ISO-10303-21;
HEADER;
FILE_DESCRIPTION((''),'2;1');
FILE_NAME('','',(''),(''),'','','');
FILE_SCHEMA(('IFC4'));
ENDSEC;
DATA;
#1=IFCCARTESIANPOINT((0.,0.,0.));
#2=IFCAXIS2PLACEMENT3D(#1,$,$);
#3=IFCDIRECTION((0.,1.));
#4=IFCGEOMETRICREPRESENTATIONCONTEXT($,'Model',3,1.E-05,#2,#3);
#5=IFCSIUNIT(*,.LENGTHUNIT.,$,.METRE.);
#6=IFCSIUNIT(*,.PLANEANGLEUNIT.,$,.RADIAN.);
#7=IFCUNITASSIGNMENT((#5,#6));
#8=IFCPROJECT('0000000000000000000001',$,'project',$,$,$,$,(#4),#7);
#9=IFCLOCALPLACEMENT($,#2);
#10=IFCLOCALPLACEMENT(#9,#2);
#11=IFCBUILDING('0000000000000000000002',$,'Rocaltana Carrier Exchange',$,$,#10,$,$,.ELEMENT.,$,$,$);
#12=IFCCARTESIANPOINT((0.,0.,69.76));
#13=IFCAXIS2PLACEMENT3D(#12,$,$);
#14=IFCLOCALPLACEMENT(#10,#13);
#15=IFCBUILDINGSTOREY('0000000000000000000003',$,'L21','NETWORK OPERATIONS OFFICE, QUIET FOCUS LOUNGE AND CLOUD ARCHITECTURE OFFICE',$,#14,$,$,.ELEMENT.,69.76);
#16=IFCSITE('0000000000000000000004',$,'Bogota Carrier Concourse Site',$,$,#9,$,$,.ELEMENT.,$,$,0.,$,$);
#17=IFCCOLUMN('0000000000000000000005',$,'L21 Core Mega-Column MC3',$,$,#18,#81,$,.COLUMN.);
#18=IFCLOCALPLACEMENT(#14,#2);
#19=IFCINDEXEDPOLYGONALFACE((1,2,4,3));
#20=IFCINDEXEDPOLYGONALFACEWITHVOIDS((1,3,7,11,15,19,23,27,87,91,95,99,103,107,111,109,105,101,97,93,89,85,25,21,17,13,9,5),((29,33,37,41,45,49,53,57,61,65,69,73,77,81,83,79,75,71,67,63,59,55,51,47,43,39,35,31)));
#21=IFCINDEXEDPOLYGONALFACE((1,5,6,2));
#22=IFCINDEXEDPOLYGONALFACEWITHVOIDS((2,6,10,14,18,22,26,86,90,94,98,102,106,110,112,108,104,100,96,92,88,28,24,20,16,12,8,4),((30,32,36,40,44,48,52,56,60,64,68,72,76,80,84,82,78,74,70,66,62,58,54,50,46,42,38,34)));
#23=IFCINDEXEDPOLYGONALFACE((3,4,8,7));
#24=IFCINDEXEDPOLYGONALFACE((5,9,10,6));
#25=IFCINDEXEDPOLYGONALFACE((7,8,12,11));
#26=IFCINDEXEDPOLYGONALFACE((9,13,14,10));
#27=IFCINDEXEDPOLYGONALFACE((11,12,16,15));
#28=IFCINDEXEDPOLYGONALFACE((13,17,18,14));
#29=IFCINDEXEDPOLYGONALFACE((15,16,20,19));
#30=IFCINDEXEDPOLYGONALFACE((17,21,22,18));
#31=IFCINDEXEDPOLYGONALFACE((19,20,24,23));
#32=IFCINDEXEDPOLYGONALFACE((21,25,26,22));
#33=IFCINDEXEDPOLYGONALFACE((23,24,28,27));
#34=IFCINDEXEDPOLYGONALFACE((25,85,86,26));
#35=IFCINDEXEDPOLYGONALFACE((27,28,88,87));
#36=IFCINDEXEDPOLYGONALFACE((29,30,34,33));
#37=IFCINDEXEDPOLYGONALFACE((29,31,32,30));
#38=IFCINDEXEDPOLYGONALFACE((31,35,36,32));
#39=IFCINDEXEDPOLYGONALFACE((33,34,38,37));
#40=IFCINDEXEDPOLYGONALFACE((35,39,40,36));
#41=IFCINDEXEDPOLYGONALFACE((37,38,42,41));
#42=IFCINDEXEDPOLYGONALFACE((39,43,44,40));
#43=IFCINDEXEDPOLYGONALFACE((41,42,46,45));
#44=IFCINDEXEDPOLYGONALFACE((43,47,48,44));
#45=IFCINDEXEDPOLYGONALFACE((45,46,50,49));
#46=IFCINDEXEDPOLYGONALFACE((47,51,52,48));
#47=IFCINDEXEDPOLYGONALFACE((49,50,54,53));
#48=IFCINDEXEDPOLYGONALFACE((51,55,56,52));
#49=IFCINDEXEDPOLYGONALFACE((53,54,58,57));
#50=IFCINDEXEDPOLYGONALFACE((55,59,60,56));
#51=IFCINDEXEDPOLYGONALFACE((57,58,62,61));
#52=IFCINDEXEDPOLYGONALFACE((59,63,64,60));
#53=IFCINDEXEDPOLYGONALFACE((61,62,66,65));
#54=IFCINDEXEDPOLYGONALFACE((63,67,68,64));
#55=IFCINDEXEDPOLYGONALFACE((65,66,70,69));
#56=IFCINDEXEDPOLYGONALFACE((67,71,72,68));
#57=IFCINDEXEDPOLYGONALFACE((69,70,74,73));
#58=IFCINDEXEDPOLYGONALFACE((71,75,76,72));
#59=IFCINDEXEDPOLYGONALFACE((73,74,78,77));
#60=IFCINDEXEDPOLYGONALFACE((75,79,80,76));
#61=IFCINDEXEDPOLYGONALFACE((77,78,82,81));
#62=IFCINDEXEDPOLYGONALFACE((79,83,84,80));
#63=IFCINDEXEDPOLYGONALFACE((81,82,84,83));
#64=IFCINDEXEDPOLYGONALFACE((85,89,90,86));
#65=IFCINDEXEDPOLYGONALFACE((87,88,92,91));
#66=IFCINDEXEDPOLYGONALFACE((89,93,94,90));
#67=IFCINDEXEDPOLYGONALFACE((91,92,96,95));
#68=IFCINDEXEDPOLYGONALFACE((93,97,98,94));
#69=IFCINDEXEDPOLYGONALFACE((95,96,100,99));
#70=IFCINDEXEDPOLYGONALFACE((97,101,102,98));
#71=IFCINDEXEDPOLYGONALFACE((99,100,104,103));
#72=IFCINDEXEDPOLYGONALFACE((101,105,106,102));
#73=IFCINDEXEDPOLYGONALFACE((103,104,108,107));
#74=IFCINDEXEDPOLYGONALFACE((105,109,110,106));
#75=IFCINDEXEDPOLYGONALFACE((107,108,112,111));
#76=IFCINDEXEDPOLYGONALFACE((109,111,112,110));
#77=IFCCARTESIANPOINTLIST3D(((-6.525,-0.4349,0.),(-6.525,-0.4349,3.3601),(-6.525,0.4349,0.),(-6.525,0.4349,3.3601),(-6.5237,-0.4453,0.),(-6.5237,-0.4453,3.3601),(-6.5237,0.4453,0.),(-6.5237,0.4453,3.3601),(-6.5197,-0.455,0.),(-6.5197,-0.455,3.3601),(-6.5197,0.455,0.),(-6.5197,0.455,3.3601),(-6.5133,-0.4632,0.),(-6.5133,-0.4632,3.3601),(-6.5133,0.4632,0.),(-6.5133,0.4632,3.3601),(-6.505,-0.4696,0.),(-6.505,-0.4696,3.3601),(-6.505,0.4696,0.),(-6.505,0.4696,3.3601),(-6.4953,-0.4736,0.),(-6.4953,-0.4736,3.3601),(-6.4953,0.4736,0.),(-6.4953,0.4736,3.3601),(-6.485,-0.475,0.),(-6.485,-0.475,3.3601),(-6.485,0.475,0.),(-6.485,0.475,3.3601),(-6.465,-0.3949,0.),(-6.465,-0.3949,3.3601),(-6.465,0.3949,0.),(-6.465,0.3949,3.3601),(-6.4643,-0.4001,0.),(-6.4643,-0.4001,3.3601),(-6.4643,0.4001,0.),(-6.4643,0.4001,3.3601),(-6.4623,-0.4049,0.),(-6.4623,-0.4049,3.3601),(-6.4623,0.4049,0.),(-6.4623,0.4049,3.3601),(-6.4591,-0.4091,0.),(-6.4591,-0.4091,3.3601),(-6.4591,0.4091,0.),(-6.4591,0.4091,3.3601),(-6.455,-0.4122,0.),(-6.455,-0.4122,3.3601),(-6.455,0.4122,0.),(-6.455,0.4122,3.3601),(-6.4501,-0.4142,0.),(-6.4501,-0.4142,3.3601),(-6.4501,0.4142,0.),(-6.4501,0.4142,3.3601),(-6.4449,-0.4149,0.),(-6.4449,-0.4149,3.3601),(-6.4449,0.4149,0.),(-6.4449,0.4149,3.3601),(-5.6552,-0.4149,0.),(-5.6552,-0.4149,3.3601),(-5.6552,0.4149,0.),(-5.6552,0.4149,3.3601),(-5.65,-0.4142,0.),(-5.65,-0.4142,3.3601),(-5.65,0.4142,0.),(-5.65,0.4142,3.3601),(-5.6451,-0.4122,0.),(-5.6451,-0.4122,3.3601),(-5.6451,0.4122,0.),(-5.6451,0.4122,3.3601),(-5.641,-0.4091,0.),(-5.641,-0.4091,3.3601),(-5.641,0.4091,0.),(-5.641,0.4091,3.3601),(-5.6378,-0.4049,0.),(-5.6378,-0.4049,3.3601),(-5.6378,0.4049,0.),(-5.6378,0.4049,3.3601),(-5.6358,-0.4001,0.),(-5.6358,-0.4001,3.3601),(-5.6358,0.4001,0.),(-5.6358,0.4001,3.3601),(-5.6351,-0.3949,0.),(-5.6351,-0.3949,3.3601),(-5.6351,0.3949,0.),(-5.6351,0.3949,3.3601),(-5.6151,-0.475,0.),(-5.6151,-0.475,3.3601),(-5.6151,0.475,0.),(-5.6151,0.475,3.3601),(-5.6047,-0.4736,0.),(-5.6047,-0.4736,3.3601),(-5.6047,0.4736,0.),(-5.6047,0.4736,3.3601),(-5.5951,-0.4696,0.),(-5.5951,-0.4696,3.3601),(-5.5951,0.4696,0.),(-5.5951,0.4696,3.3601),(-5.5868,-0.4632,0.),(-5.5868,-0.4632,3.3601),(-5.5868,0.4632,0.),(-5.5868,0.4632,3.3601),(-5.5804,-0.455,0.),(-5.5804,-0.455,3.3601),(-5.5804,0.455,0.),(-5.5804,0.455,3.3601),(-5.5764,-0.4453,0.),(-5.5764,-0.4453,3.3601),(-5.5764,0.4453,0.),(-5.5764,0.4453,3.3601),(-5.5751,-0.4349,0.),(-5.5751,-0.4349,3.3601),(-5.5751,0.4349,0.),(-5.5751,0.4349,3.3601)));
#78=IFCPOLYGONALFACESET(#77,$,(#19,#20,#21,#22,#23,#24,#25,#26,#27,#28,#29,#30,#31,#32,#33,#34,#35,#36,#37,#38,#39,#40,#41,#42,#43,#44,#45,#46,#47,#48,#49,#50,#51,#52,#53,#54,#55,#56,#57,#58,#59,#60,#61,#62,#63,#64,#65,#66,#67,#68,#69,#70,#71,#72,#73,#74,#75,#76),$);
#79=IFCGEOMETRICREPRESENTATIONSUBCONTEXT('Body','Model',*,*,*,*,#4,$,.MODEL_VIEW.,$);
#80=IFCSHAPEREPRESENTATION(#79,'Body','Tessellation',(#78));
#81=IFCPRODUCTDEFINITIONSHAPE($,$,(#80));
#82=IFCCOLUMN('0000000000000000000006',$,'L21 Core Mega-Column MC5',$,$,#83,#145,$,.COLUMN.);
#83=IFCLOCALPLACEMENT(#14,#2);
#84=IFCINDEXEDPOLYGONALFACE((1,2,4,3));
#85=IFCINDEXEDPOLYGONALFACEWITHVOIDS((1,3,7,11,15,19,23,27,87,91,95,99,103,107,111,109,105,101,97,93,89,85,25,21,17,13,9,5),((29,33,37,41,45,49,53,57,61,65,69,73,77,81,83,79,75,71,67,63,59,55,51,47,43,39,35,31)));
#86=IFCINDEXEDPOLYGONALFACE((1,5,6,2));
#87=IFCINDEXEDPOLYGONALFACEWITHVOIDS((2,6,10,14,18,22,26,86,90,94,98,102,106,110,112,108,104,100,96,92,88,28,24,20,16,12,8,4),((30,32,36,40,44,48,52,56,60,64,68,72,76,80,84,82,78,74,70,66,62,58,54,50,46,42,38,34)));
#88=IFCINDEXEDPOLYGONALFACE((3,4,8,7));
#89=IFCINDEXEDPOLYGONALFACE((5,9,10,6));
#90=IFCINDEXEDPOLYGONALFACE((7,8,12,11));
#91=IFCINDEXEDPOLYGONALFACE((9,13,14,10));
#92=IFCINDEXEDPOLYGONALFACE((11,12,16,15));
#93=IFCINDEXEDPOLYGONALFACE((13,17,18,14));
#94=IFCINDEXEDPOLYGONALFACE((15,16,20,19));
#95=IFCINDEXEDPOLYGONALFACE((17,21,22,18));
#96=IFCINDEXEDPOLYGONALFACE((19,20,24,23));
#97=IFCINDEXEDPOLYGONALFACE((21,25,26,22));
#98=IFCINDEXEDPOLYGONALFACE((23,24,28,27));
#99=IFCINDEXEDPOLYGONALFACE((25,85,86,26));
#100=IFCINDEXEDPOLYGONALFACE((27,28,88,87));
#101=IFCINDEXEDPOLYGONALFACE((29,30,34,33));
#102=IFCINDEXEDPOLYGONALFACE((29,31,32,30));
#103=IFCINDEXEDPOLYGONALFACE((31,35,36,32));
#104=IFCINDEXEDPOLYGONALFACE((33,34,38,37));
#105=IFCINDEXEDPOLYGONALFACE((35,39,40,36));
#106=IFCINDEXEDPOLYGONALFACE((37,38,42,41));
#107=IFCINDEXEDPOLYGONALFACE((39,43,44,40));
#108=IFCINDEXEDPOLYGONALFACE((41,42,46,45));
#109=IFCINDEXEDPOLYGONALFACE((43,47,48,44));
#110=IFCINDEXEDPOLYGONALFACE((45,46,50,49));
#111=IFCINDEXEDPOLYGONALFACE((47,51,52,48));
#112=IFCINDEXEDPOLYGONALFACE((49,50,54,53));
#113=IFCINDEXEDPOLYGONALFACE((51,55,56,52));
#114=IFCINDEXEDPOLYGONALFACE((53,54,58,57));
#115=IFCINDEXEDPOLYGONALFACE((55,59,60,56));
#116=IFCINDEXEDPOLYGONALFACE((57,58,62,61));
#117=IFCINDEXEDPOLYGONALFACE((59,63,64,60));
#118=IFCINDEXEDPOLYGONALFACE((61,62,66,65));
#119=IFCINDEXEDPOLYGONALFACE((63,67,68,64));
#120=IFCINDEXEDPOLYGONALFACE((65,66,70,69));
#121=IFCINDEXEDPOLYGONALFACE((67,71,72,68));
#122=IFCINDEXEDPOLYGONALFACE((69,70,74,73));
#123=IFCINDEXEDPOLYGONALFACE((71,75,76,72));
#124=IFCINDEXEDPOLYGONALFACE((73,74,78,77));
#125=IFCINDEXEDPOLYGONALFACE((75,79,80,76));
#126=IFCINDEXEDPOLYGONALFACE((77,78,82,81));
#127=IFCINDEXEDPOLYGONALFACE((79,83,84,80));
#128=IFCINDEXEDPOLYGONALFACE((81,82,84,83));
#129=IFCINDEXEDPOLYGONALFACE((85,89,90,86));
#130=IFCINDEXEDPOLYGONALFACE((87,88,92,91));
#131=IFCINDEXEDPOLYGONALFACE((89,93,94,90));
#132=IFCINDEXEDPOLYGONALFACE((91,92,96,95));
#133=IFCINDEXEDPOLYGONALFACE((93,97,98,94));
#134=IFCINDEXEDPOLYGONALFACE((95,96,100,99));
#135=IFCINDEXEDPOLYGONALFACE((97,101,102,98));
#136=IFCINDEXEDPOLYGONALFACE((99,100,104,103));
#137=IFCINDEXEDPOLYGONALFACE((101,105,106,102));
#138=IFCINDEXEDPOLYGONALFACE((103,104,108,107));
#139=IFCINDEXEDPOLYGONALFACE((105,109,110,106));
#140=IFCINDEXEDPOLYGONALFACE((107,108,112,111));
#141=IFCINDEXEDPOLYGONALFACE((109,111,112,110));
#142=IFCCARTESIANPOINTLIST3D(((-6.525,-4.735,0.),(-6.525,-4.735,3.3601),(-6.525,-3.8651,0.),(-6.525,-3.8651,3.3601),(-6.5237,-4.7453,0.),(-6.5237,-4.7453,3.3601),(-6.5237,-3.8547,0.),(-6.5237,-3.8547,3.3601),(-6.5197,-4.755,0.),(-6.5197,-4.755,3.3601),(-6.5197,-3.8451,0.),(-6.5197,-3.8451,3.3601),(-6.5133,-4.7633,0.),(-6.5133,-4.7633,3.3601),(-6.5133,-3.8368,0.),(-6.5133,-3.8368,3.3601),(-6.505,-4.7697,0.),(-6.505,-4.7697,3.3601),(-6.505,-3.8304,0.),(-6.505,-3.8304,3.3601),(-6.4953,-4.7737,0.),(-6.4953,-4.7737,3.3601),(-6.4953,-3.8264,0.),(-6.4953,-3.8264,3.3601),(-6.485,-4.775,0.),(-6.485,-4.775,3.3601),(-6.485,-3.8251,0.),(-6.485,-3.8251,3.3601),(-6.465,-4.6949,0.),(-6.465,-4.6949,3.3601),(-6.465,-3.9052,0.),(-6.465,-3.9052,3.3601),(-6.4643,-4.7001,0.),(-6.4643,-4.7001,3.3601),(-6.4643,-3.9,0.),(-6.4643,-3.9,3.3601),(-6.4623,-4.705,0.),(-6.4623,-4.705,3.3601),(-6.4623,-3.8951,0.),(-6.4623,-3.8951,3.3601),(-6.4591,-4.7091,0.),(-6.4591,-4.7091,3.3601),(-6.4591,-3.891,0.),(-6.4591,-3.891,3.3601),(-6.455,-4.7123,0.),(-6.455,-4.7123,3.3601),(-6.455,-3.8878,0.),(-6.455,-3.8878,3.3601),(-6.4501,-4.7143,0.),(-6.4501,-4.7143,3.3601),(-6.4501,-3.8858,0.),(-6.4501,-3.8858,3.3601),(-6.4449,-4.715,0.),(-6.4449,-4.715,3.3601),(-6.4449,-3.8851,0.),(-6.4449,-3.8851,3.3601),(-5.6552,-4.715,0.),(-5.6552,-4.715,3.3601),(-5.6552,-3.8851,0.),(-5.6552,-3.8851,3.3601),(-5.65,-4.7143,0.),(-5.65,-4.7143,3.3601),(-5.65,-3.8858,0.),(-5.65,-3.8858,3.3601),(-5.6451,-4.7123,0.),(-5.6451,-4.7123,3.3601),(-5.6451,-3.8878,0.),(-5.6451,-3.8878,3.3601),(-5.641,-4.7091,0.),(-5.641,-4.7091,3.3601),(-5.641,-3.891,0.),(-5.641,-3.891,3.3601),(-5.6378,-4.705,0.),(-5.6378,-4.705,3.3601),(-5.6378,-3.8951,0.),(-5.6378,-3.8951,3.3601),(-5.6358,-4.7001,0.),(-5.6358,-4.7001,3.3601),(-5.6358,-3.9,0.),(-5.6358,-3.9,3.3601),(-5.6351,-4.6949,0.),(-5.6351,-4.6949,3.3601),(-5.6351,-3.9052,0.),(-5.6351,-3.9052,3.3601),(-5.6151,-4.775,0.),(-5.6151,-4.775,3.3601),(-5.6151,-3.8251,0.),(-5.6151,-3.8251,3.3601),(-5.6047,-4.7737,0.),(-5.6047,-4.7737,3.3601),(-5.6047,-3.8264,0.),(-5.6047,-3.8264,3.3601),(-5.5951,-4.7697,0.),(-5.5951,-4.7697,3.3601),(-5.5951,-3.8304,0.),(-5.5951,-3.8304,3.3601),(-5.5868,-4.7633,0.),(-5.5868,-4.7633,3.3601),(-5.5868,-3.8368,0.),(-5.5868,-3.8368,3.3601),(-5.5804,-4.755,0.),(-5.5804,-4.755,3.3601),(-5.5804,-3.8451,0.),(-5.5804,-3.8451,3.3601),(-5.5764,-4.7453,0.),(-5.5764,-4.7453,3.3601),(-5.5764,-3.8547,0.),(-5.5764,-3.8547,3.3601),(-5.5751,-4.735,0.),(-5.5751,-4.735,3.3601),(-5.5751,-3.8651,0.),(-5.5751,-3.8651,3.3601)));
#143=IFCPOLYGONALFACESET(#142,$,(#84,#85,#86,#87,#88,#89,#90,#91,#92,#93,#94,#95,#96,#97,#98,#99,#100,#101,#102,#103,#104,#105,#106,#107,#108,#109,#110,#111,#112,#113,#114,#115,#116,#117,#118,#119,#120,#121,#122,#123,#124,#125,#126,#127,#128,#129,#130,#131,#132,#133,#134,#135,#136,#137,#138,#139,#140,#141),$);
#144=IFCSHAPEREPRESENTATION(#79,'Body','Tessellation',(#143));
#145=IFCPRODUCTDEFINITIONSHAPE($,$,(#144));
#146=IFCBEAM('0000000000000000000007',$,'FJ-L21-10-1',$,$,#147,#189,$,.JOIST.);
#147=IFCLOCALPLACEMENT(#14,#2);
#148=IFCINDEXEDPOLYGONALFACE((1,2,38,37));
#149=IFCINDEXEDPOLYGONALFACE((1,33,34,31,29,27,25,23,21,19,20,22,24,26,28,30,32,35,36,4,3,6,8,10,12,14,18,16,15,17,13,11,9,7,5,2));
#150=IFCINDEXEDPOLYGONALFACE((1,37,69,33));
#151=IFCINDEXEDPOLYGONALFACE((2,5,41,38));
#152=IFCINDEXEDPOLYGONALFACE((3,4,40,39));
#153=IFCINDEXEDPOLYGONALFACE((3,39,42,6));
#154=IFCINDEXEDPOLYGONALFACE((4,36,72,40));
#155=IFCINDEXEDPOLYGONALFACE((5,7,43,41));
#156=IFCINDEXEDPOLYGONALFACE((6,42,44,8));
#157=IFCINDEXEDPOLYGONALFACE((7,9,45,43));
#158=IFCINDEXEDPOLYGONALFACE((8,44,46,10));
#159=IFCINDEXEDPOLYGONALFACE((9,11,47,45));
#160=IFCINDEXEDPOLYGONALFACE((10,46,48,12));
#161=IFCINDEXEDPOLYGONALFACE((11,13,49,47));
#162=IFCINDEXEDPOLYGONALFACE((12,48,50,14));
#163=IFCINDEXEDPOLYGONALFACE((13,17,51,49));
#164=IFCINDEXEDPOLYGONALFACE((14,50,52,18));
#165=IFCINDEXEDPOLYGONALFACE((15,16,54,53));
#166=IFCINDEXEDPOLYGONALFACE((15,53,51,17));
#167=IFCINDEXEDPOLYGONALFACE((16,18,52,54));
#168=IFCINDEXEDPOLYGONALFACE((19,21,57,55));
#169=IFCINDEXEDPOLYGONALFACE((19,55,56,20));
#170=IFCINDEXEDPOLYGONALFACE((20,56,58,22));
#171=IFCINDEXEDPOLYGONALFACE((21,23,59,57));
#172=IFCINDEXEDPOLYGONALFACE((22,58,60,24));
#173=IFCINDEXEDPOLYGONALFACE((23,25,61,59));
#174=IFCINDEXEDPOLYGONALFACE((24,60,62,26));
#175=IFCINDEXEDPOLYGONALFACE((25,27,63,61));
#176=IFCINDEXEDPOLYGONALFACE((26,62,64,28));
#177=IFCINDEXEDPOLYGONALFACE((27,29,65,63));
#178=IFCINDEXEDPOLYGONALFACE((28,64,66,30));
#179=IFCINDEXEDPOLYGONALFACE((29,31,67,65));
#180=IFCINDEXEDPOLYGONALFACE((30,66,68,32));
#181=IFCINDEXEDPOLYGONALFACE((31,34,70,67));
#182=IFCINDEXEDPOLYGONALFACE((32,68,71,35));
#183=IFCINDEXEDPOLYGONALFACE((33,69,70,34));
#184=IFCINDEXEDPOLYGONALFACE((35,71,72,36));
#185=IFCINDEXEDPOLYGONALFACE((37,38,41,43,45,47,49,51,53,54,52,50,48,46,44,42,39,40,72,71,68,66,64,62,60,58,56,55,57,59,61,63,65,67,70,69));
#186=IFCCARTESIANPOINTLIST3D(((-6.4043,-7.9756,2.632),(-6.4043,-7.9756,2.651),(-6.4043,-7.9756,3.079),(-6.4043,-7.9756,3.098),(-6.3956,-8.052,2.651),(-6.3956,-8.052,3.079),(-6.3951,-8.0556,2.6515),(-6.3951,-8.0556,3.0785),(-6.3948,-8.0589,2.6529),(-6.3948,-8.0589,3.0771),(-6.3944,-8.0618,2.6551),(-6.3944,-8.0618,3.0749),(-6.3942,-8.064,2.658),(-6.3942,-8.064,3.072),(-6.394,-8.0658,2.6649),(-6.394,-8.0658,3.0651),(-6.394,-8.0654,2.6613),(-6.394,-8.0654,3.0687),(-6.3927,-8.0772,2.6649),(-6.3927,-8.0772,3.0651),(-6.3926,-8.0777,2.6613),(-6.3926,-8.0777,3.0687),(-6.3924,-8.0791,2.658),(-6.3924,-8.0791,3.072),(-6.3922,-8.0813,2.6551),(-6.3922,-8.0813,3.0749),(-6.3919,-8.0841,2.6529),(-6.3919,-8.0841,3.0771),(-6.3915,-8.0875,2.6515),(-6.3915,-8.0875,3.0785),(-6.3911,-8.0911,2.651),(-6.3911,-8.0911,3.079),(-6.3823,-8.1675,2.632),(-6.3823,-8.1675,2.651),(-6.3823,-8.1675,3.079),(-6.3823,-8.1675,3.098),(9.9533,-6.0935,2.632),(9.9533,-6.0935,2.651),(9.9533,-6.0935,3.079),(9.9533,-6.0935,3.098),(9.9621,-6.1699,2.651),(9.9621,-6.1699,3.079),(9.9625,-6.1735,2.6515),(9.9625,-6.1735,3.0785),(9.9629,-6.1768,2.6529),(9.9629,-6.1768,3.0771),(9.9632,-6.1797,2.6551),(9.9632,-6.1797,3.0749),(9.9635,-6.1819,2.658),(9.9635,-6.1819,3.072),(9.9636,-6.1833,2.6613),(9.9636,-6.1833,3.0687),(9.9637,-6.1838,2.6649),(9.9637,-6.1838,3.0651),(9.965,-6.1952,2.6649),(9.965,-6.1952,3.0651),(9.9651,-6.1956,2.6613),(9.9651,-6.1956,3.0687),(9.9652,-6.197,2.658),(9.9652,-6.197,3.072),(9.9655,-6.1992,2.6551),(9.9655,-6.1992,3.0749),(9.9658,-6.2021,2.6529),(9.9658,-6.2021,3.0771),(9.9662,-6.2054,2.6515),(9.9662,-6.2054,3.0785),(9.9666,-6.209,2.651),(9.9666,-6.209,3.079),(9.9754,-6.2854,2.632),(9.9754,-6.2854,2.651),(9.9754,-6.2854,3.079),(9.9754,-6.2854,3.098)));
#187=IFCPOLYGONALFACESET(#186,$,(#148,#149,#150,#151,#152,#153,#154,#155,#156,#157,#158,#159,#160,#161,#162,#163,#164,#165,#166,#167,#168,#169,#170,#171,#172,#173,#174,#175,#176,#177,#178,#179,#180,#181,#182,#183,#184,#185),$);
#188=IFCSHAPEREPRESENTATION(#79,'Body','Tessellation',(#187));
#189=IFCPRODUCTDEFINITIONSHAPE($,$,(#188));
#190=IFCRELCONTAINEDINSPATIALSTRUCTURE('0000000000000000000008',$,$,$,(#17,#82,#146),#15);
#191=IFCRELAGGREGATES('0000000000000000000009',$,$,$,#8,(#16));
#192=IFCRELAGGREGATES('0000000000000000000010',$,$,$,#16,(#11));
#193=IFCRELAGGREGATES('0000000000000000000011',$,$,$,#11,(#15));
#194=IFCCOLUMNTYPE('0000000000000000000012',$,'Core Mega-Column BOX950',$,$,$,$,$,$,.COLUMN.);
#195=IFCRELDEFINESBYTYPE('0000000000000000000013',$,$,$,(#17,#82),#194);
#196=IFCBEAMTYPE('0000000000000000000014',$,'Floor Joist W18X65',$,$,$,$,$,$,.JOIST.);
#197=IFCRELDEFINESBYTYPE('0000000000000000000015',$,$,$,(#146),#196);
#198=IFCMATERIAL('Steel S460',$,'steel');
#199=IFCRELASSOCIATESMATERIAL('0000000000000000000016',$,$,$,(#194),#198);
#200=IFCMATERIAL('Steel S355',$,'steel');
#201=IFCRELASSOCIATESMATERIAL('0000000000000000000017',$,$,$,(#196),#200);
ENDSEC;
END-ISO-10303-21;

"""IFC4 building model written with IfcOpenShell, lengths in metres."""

from ifc_helpers import new_model, si_unit, direction, frame, origin, origin_2d, place, context, subcontext, project, spatial, hollow_rectangle, i_section, extrude, material, material_profile, profile_set, type_object, element, save


model = new_model("IFC4")

# Units and contexts
model_context = context("Model", 3, precision=1e-05, world=origin(), true_north=direction((0.0, 1.0)))
body_context = subcontext(model_context, "Body", "Model", "MODEL_VIEW")
ifc_project = project(units=[si_unit("LENGTHUNIT", "METRE"), si_unit("PLANEANGLEUNIT", "RADIAN")], contexts=[model_context])

# Site, building, storey
site_placement = place(None, origin())
site = spatial("IfcSite", under=ifc_project, at=site_placement, Name="Bogota Carrier Concourse Site", CompositionType="ELEMENT", RefElevation=0.0)
building_placement = place(site_placement, origin())
building = spatial("IfcBuilding", under=site, at=building_placement, Name="Rocaltana Carrier Exchange", CompositionType="ELEMENT")
storey_placement = place(building_placement, frame((0.0, 0.0, 69.76)))
storey = spatial("IfcBuildingStorey", under=building, at=storey_placement, Name="L21", Description="NETWORK OPERATIONS OFFICE, QUIET FOCUS LOUNGE AND CLOUD ARCHITECTURE OFFICE", CompositionType="ELEMENT", Elevation=69.76)

# Columns
ifc_material_1 = material(Name="Steel S460", Category="steel")
ifc_material_profile_1 = material_profile(ifc_material_1, hollow_rectangle(XDim=0.95, YDim=0.95, WallThickness=0.0601, InnerFilletRadius=0.02, OuterFilletRadius=0.04, at=origin_2d()), Name="BOX950X950X60")
ifc_profile_set_1 = profile_set([ifc_material_profile_1], Name="Steel S460")
column_type = type_object("IfcColumnType", Name="Core Mega-Column BOX950", PredefinedType="COLUMN", material=ifc_profile_set_1)
for number, where, z_axis, x_axis, name in (
    (1, (-6.05, 0.0, 0.0), (0.0, 0.0, 1.0), (1.0, 0.0, 0.0), "L21 Core Mega-Column MC3"),
    (2, (-6.05, -4.3, 0.0), (0.0, 0.0, 1.0), (1.0, 0.0, 0.0), "L21 Core Mega-Column MC5"),
):
    element("IfcColumn", number, at=place(storey_placement, frame(where, z_axis=z_axis, x_axis=x_axis)), inside=storey, type_object=column_type, Name=name, PredefinedType="COLUMN", context=body_context, shape_type="SweptSolid", body=[
        extrude(hollow_rectangle(XDim=0.95, YDim=0.95, WallThickness=0.0601, InnerFilletRadius=0.02, OuterFilletRadius=0.04, at=origin_2d()), origin(), (0.0, 0.0, 1.0), 3.3601),
    ])

# Beam
ifc_material_2 = material(Name="Steel S355", Category="steel")
ifc_material_profile_2 = material_profile(ifc_material_2, i_section(OverallWidth=0.1931, OverallDepth=0.4661, WebThickness=0.0115, FlangeThickness=0.019, FilletRadius=0.0139, at=origin_2d()), Name="W18X65")
ifc_profile_set_2 = profile_set([ifc_material_profile_2], Name="Steel S355")
beam_type_1 = type_object("IfcBeamType", Name="Floor Joist W18X65", PredefinedType="JOIST", material=ifc_profile_set_2)
beam_1_placement = place(storey_placement, frame((-6.3933, -8.0715, 2.865), z_axis=(0.993446, 0.114304, 0.0), x_axis=(-0.114304, 0.993446, 0.0)))
element("IfcBeam", 3, at=beam_1_placement, inside=storey, type_object=beam_type_1, Name="FJ-L21-10-1", PredefinedType="JOIST", context=body_context, shape_type="SweptSolid", body=[
    extrude(i_section(OverallWidth=0.1931, OverallDepth=0.4661, WebThickness=0.0115, FlangeThickness=0.019, FilletRadius=0.0139, at=origin_2d()), origin(), (0.0, 0.0, 1.0), 16.4656),
])

save(model, "model.ifc")
